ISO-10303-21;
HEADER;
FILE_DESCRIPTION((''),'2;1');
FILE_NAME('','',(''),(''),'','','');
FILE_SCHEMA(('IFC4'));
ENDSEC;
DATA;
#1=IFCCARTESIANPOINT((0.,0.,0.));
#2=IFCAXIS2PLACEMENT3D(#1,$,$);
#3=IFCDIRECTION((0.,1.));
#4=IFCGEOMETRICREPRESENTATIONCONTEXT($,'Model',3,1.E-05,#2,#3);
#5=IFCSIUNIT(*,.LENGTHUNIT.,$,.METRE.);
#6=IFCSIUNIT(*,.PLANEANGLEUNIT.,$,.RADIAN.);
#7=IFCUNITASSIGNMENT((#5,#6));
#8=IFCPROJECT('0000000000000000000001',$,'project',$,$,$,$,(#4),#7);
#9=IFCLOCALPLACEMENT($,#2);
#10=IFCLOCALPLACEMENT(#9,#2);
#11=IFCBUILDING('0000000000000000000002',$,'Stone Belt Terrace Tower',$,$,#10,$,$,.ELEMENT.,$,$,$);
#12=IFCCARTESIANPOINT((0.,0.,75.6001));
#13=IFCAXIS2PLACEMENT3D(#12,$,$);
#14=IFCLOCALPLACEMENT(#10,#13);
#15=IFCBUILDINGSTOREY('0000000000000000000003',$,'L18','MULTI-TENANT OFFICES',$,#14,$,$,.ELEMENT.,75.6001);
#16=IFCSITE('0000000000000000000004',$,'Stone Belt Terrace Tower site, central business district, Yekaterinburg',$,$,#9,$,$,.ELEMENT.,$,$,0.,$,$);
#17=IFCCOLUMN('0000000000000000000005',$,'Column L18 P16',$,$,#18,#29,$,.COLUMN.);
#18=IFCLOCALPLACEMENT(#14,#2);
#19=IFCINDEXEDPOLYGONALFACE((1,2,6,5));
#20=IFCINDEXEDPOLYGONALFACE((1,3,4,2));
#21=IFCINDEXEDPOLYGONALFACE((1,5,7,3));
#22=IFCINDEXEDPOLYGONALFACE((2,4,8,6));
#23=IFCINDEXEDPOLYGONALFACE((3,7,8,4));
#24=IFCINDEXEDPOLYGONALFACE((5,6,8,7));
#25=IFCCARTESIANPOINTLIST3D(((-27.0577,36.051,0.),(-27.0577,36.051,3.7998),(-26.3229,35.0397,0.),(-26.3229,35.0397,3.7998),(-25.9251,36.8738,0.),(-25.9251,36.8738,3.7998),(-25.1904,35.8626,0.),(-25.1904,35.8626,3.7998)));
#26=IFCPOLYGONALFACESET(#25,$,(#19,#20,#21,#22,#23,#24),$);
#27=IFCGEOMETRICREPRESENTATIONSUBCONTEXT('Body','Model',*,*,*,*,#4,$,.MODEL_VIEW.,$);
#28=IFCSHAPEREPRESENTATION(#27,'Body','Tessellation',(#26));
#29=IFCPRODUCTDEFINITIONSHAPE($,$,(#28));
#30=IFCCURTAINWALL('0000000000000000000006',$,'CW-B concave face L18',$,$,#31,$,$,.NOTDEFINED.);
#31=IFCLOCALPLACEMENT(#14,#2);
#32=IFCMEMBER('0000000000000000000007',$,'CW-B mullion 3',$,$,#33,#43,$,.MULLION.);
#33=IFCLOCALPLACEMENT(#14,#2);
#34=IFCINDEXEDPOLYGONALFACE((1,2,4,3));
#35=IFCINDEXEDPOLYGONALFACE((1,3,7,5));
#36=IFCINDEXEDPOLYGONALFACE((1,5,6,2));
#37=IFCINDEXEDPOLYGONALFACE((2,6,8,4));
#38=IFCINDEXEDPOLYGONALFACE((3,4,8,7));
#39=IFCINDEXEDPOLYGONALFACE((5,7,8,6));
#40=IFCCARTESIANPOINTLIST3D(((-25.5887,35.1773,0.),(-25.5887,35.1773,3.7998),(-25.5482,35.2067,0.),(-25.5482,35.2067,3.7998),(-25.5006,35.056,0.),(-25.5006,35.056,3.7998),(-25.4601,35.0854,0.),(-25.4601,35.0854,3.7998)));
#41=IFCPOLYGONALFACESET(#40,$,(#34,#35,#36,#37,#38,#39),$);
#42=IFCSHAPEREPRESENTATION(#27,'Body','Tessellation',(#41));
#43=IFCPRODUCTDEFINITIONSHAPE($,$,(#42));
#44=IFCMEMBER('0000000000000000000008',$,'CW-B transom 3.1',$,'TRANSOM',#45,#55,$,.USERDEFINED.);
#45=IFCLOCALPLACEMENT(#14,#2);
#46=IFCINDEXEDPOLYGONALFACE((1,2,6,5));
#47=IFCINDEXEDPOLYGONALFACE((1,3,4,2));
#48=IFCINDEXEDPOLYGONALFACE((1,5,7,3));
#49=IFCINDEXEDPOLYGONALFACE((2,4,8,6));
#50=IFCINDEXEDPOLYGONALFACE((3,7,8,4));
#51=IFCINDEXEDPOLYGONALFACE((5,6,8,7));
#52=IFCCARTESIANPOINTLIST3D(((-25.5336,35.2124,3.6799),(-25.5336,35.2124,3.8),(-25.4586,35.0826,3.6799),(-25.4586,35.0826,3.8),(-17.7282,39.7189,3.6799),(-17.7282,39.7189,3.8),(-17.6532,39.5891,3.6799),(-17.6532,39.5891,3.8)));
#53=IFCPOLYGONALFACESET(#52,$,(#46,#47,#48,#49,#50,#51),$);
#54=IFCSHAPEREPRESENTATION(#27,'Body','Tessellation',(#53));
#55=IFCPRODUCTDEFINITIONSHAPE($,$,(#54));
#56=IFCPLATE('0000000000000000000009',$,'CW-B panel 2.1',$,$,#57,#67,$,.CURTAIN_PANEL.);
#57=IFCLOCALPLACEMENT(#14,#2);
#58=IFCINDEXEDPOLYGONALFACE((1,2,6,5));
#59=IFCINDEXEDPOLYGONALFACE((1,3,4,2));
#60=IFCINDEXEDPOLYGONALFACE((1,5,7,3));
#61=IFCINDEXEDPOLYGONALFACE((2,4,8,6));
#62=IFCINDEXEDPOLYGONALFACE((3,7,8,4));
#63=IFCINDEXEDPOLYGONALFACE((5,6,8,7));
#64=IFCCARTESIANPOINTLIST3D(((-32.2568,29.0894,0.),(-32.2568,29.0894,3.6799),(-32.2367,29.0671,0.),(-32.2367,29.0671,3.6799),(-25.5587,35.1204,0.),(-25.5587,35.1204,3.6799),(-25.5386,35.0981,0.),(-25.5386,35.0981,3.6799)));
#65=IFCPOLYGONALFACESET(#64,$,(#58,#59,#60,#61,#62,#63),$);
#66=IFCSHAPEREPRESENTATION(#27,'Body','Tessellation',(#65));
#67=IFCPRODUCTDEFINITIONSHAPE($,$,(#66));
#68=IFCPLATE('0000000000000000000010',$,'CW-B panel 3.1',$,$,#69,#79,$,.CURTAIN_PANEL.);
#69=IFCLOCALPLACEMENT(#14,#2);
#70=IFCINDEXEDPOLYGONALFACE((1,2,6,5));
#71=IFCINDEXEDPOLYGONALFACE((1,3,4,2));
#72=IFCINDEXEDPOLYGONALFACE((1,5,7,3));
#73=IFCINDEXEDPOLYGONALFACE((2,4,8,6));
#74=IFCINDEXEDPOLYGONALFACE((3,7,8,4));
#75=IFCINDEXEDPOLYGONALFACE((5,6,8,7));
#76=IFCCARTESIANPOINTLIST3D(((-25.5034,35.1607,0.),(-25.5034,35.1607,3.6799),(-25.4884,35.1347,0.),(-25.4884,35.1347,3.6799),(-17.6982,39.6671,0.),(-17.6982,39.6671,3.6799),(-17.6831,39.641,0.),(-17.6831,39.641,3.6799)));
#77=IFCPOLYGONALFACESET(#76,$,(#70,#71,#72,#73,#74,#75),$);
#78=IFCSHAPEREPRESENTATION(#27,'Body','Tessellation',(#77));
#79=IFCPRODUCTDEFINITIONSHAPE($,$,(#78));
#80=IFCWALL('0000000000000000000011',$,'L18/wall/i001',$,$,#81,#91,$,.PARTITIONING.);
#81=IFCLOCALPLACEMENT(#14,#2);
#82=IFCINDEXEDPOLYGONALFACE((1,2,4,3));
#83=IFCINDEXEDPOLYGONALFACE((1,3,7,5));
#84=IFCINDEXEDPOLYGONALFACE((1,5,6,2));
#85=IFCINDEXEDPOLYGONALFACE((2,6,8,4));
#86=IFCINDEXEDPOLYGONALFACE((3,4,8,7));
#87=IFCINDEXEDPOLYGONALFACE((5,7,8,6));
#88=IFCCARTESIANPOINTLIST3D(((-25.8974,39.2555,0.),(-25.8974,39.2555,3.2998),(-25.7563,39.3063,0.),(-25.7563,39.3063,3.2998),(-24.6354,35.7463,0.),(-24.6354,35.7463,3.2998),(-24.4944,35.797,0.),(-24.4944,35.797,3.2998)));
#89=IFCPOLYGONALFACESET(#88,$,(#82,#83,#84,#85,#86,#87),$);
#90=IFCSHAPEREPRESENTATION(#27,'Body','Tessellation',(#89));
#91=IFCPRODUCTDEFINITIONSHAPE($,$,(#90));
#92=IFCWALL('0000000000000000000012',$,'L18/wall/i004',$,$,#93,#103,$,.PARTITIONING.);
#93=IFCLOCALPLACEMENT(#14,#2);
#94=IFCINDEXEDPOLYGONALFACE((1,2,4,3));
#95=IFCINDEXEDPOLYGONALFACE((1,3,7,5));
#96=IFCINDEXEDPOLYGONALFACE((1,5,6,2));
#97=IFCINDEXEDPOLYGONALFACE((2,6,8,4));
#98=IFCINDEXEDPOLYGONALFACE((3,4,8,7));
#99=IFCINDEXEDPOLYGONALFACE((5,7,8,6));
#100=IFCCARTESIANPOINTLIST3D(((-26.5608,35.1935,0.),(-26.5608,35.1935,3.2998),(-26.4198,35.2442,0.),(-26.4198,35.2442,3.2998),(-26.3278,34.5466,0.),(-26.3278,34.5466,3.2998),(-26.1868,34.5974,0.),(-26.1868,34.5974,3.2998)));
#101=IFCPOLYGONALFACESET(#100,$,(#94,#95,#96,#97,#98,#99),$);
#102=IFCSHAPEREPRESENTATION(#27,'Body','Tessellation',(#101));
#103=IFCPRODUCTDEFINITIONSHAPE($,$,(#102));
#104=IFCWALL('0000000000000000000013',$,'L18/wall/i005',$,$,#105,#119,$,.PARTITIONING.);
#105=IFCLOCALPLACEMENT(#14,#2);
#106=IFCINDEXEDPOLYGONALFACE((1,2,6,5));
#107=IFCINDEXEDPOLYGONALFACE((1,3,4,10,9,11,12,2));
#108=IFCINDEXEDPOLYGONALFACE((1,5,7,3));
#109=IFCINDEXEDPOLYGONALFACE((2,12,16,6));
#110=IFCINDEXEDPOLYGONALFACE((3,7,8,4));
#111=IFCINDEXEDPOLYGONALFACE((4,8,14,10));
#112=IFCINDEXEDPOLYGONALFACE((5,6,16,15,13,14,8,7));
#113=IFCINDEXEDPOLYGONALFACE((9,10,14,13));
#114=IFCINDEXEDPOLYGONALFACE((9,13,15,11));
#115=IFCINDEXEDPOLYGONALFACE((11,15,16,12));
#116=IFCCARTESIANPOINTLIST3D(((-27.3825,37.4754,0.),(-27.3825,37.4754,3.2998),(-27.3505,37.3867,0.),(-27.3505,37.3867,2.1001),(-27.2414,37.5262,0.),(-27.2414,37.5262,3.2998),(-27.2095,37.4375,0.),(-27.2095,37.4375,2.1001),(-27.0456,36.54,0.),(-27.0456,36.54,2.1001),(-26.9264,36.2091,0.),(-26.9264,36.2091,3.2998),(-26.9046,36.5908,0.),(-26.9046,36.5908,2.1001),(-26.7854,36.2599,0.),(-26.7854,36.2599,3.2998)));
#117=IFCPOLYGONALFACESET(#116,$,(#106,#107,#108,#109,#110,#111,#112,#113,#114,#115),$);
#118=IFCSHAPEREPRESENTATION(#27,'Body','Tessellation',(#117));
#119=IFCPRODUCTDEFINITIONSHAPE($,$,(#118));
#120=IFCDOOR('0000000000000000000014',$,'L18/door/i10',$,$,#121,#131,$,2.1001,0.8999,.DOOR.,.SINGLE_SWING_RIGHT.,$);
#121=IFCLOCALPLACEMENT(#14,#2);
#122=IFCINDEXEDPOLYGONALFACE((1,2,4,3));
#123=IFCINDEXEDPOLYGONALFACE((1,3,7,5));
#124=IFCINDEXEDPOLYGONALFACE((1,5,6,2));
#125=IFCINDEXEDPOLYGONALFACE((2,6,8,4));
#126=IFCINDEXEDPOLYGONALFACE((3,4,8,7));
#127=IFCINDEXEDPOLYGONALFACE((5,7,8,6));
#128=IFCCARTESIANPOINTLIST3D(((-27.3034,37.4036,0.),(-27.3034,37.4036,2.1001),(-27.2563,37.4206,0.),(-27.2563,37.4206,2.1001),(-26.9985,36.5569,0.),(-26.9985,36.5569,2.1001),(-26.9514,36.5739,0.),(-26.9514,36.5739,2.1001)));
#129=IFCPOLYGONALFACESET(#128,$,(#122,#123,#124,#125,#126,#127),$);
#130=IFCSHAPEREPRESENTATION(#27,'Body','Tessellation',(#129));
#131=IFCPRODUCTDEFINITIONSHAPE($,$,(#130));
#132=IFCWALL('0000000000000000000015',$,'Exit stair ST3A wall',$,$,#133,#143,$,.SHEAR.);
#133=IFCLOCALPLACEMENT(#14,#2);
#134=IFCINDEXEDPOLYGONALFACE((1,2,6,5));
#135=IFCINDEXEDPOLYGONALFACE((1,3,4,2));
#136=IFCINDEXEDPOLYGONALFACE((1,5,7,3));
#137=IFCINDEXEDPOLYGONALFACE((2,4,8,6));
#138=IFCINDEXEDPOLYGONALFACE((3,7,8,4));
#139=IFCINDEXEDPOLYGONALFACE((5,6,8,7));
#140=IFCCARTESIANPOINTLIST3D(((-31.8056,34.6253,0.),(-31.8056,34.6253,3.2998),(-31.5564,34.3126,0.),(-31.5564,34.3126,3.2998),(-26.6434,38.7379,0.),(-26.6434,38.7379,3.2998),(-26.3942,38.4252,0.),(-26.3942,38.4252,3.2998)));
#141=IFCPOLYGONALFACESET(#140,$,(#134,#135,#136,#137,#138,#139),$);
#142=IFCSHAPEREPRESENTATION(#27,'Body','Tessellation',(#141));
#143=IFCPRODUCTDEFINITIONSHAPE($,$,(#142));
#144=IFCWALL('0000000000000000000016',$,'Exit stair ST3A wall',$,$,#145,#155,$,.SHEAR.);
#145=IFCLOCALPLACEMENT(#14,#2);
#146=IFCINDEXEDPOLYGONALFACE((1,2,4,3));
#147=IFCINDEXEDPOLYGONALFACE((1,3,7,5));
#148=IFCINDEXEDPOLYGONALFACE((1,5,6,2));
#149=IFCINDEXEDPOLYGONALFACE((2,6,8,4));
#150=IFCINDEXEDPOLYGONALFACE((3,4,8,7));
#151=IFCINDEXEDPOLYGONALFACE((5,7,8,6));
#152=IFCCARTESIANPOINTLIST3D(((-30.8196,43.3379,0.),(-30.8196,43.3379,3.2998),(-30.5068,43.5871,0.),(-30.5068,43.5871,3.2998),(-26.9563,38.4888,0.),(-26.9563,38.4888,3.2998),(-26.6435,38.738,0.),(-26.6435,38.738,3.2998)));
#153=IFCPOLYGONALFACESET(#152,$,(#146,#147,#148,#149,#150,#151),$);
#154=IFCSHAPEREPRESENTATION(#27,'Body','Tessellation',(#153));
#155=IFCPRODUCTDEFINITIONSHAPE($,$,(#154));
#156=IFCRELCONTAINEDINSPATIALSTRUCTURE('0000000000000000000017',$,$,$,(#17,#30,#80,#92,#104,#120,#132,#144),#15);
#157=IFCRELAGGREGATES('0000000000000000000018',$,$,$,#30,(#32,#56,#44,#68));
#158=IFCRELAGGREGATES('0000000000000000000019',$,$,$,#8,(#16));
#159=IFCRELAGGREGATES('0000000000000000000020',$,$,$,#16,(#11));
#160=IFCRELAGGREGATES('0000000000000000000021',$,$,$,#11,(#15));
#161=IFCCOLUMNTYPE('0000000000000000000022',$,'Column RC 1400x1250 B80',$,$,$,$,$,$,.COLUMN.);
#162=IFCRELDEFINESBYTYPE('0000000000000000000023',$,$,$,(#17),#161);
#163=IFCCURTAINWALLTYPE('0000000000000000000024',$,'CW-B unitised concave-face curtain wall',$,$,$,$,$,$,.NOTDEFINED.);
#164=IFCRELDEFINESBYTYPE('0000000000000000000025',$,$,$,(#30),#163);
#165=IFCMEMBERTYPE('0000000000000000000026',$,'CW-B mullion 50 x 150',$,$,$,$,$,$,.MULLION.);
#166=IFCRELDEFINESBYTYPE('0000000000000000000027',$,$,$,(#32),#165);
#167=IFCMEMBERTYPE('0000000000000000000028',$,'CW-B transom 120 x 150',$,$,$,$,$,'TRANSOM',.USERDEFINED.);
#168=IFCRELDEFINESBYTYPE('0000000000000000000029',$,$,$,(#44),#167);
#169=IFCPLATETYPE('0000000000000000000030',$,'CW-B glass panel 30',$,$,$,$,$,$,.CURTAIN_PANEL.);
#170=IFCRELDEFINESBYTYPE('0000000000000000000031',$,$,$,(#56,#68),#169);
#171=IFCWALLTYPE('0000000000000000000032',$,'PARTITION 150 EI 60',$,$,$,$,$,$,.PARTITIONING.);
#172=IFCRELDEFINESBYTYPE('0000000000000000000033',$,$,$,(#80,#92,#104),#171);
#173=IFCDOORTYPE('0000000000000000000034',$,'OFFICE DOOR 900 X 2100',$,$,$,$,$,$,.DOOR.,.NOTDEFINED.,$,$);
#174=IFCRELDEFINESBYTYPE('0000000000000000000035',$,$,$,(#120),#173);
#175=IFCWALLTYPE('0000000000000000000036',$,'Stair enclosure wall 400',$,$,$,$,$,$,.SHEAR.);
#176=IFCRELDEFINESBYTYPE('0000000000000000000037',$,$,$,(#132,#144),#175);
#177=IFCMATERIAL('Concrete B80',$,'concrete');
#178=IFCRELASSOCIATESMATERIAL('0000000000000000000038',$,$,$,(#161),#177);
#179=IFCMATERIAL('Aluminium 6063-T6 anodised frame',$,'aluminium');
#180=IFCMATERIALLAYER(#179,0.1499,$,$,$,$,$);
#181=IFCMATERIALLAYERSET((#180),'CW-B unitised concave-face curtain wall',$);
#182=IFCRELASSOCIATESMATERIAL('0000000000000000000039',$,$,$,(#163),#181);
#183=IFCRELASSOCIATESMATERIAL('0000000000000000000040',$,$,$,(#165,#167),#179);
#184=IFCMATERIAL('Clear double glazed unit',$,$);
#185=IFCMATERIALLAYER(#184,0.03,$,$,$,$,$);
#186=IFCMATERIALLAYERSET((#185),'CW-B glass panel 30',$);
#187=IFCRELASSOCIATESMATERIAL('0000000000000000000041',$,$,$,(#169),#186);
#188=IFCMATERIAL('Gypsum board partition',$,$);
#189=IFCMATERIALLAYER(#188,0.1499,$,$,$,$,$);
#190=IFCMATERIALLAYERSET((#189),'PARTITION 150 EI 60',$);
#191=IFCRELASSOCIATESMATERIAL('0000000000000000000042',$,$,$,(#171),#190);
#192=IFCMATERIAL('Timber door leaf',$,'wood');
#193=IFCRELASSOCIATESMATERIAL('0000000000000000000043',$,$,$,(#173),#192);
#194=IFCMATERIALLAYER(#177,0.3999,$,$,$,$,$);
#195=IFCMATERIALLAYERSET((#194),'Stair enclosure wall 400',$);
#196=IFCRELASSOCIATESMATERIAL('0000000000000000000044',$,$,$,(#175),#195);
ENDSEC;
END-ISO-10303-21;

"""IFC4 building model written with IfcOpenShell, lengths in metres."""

from ifc_helpers import new_model, si_unit, direction, frame, frame_2d, origin, origin_2d, place, context, subcontext, project, spatial, rectangle, extrude, material, layer, layer_set, material_profile, profile_set, type_object, element, fill, aggregate, save


model = new_model("IFC4")

# Units and contexts
model_context = context("Model", 3, precision=1e-05, world=origin(), true_north=direction((0.0, 1.0)))
body_context = subcontext(model_context, "Body", "Model", "MODEL_VIEW")
ifc_project = project(units=[si_unit("LENGTHUNIT", "METRE"), si_unit("PLANEANGLEUNIT", "RADIAN")], contexts=[model_context])

# Site, building, storey
site_placement = place(None, origin())
site = spatial("IfcSite", under=ifc_project, at=site_placement, Name="Stone Belt Terrace Tower site, central business district, Yekaterinburg", CompositionType="ELEMENT", RefElevation=0.0)
building_placement = place(site_placement, origin())
building = spatial("IfcBuilding", under=site, at=building_placement, Name="Stone Belt Terrace Tower", CompositionType="ELEMENT")
storey_placement = place(building_placement, frame((0.0, 0.0, 75.6001)))
storey = spatial("IfcBuildingStorey", under=building, at=storey_placement, Name="L18", Description="MULTI-TENANT OFFICES", CompositionType="ELEMENT", Elevation=75.6001)

# Column
ifc_material_1 = material(Name="Concrete B80", Category="concrete")
ifc_material_profile_1 = material_profile(ifc_material_1, rectangle(XDim=1.3999, YDim=1.25, at=origin_2d()), Name="RC 1400x1250")
ifc_profile_set_1 = profile_set([ifc_material_profile_1], Name="Concrete B80")
column_type = type_object("IfcColumnType", Name="Column RC 1400x1250 B80", PredefinedType="COLUMN", material=ifc_profile_set_1)
column_placement = place(storey_placement, frame((-26.124, 35.9568, 0.0), z_axis=(0.0, 0.0, 1.0), x_axis=(0.809017, 0.587785, 0.0)))
element("IfcColumn", 1, at=column_placement, inside=storey, type_object=column_type, Name="Column L18 P16", PredefinedType="COLUMN", context=body_context, shape_type="SweptSolid", body=[
    extrude(rectangle(XDim=1.3999, YDim=1.25, at=origin_2d()), origin(), (0.0, 0.0, 1.0), 3.7998),
])

# Curtain wall, members, plates
ifc_material_2 = material(Name="Aluminium 6063-T6 anodised frame", Category="aluminium")
ifc_layer_1 = layer(ifc_material_2, 0.1499)
ifc_layer_set_1 = layer_set([ifc_layer_1], Name="CW-B unitised concave-face curtain wall")
curtain_wall_type = type_object("IfcCurtainWallType", Name="CW-B unitised concave-face curtain wall", PredefinedType="NOTDEFINED", material=ifc_layer_set_1)
curtain_wall_placement = place(storey_placement, origin())
curtain_wall = element("IfcCurtainWall", 2, at=curtain_wall_placement, inside=storey, type_object=curtain_wall_type, Name="CW-B concave face L18", PredefinedType="NOTDEFINED")
ifc_material_profile_2 = material_profile(ifc_material_2, rectangle(XDim=0.1499, YDim=0.05, at=origin_2d()), Name="Aluminium 6063-T6 50x150")
ifc_profile_set_2 = profile_set([ifc_material_profile_2], Name="Aluminium 6063-T6 anodised frame")
member_type_1 = type_object("IfcMemberType", Name="CW-B mullion 50 x 150", PredefinedType="MULLION", material=ifc_profile_set_2)
member_1_placement = place(storey_placement, frame((-25.5244, 35.1313, 0.0), z_axis=(0.0, 0.0, 1.0), x_axis=(-0.587785, 0.809017, 0.0)))
member_1 = element("IfcMember", 3, at=member_1_placement, type_object=member_type_1, Name="CW-B mullion 3", PredefinedType="MULLION", context=body_context, shape_type="SweptSolid", body=[
    extrude(rectangle(XDim=0.1499, YDim=0.05, at=origin_2d()), origin(), (0.0, 0.0, 1.0), 3.7998),
])
ifc_material_profile_3 = material_profile(ifc_material_2, rectangle(XDim=0.1499, YDim=0.1201, at=origin_2d()), Name="Aluminium 6063-T6 150x120")
ifc_profile_set_3 = profile_set([ifc_material_profile_3], Name="Aluminium 6063-T6 anodised frame")
member_type_2 = type_object("IfcMemberType", Name="CW-B transom 120 x 150", ElementType="TRANSOM", PredefinedType="USERDEFINED", material=ifc_profile_set_3)
member_2_placement = place(storey_placement, frame((-25.4961, 35.1475, 3.74), z_axis=(0.866019, 0.500011, 0.0), x_axis=(-0.500011, 0.866019, 0.0)))
member_2 = element("IfcMember", 4, at=member_2_placement, type_object=member_type_2, Name="CW-B transom 3.1", ObjectType="TRANSOM", PredefinedType="USERDEFINED", context=body_context, shape_type="SweptSolid", body=[
    extrude(rectangle(XDim=0.1499, YDim=0.1201, at=origin_2d()), origin(), (0.0, 0.0, 1.0), 9.0129),
])
ifc_material_3 = material(Name="Clear double glazed unit")
ifc_layer_2 = layer(ifc_material_3, 0.03)
ifc_layer_set_2 = layer_set([ifc_layer_2], Name="CW-B glass panel 30")
plate_type = type_object("IfcPlateType", Name="CW-B glass panel 30", PredefinedType="CURTAIN_PANEL", material=ifc_layer_set_2)
plate_1_placement = place(storey_placement, frame((-28.8977, 32.0938, 0.0), z_axis=(0.0, 0.0, 1.0), x_axis=(0.743145, 0.669131, 0.0)))
plate_1 = element("IfcPlate", 5, at=plate_1_placement, type_object=plate_type, Name="CW-B panel 2.1", PredefinedType="CURTAIN_PANEL", context=body_context, shape_type="SweptSolid", body=[
    extrude(rectangle(XDim=9.0132, YDim=0.03, at=origin_2d()), origin(), (0.0, 0.0, 1.0), 3.6799),
])
plate_2_placement = place(storey_placement, frame((-21.5933, 37.4009, 0.0), z_axis=(0.0, 0.0, 1.0), x_axis=(0.866025, 0.5, 0.0)))
plate_2 = element("IfcPlate", 6, at=plate_2_placement, type_object=plate_type, Name="CW-B panel 3.1", PredefinedType="CURTAIN_PANEL", context=body_context, shape_type="SweptSolid", body=[
    extrude(rectangle(XDim=9.0127, YDim=0.03, at=origin_2d()), origin(), (0.0, 0.0, 1.0), 3.6799),
])
aggregate(curtain_wall, [member_1, plate_1, member_2, plate_2])

# Walls
ifc_material_4 = material(Name="Gypsum board partition")
ifc_layer_3 = layer(ifc_material_4, 0.1499)
ifc_layer_set_3 = layer_set([ifc_layer_3], Name="PARTITION 150 EI 60")
wall_type_1 = type_object("IfcWallType", Name="PARTITION 150 EI 60", PredefinedType="PARTITIONING", material=ifc_layer_set_3)
wall_1_placement = place(storey_placement, frame((-25.8269, 39.281, 0.0), z_axis=(0.0, 0.0, 1.0), x_axis=(0.338393, -0.941005, 0.0)))
element("IfcWall", 7, at=wall_1_placement, inside=storey, type_object=wall_type_1, Name="L18/wall/i001", PredefinedType="PARTITIONING", context=body_context, shape_type="SweptSolid", body=[
    extrude(rectangle(XDim=3.7292, YDim=0.1499, at=frame_2d((1.8647, 0.0))), origin(), (0.0, 0.0, 1.0), 3.2998),
])
wall_2_placement = place(storey_placement, frame((-26.2573, 34.572, 0.0), z_axis=(0.0, 0.0, 1.0), x_axis=(-0.338833, 0.940847, 0.0)))
element("IfcWall", 8, at=wall_2_placement, inside=storey, type_object=wall_type_1, Name="L18/wall/i004", PredefinedType="PARTITIONING", context=body_context, shape_type="SweptSolid", body=[
    extrude(rectangle(XDim=0.6875, YDim=0.1499, at=frame_2d((0.3438, 0.0))), origin(), (0.0, 0.0, 1.0), 3.2998),
])

# Wall, opening, door
wall_3_placement = place(storey_placement, frame((-26.856, 36.2346, 0.0), z_axis=(0.0, 0.0, 1.0), x_axis=(-0.338829, 0.940848, 0.0)))
wall_3 = element("IfcWall", 9, at=wall_3_placement, inside=storey, type_object=wall_type_1, Name="L18/wall/i005", PredefinedType="PARTITIONING", context=body_context, shape_type="SweptSolid", body=[
    extrude(rectangle(XDim=1.3459, YDim=0.1499, at=frame_2d((0.6729, 0.0))), origin(), (0.0, 0.0, 1.0), 3.2998),
])
opening_placement = place(wall_3_placement, frame((0.3516, 0.0, 0.0)))
opening = element("IfcOpeningElement", 10, at=opening_placement, cuts=wall_3, PredefinedType="OPENING", context=body_context, shape_type="SweptSolid", body=[
    extrude(rectangle(XDim=0.8999, YDim=2.1001, at=frame_2d((0.45, 1.05))), frame((0.0, 0.085, 0.0), z_axis=(0.0, -1.0, 0.0), x_axis=(1.0, 0.0, 0.0)), (0.0, 0.0, 1.0), 0.1699),
])
ifc_material_5 = material(Name="Timber door leaf", Category="wood")
door_type = type_object("IfcDoorType", Name="OFFICE DOOR 900 X 2100", OperationType="NOTDEFINED", PredefinedType="DOOR", material=ifc_material_5)
door_placement = place(opening_placement, origin())
door = element("IfcDoor", 11, at=door_placement, inside=storey, type_object=door_type, Name="L18/door/i10", OperationType="SINGLE_SWING_RIGHT", OverallHeight=2.1001, OverallWidth=0.8999, PredefinedType="DOOR", context=body_context, shape_type="SweptSolid", body=[
    extrude(rectangle(XDim=0.8999, YDim=2.1001, at=frame_2d((0.45, 1.05))), frame((0.0, 0.0249, 0.0), z_axis=(0.0, -1.0, 0.0), x_axis=(1.0, 0.0, 0.0)), (0.0, 0.0, 1.0), 0.05),
])
fill(opening, door)

# Walls
ifc_layer_4 = layer(ifc_material_1, 0.3999)
ifc_layer_set_4 = layer_set([ifc_layer_4], Name="Stair enclosure wall 400")
wall_type_2 = type_object("IfcWallType", Name="Stair enclosure wall 400", PredefinedType="SHEAR", material=ifc_layer_set_4)
wall_4_placement = place(storey_placement, frame((-26.5188, 38.5815, 0.0), z_axis=(0.0, 0.0, 1.0), x_axis=(-0.782134, -0.62311, 0.0)))
element("IfcWall", 12, at=wall_4_placement, inside=storey, type_object=wall_type_2, Name="Exit stair ST3A wall", PredefinedType="SHEAR", context=body_context, shape_type="SweptSolid", body=[
    extrude(rectangle(XDim=6.6001, YDim=0.3999, at=frame_2d((3.3, 0.0))), origin(), (0.0, 0.0, 1.0), 3.2998),
])
wall_5_placement = place(storey_placement, frame((-26.7998, 38.6133, 0.0), z_axis=(0.0, 0.0, 1.0), x_axis=(-0.623119, 0.782127, 0.0)))
element("IfcWall", 13, at=wall_5_placement, inside=storey, type_object=wall_type_2, Name="Exit stair ST3A wall", PredefinedType="SHEAR", context=body_context, shape_type="SweptSolid", body=[
    extrude(rectangle(XDim=6.2, YDim=0.3999, at=frame_2d((3.1001, 0.0))), origin(), (0.0, 0.0, 1.0), 3.2998),
])

save(model, "model.ifc")
